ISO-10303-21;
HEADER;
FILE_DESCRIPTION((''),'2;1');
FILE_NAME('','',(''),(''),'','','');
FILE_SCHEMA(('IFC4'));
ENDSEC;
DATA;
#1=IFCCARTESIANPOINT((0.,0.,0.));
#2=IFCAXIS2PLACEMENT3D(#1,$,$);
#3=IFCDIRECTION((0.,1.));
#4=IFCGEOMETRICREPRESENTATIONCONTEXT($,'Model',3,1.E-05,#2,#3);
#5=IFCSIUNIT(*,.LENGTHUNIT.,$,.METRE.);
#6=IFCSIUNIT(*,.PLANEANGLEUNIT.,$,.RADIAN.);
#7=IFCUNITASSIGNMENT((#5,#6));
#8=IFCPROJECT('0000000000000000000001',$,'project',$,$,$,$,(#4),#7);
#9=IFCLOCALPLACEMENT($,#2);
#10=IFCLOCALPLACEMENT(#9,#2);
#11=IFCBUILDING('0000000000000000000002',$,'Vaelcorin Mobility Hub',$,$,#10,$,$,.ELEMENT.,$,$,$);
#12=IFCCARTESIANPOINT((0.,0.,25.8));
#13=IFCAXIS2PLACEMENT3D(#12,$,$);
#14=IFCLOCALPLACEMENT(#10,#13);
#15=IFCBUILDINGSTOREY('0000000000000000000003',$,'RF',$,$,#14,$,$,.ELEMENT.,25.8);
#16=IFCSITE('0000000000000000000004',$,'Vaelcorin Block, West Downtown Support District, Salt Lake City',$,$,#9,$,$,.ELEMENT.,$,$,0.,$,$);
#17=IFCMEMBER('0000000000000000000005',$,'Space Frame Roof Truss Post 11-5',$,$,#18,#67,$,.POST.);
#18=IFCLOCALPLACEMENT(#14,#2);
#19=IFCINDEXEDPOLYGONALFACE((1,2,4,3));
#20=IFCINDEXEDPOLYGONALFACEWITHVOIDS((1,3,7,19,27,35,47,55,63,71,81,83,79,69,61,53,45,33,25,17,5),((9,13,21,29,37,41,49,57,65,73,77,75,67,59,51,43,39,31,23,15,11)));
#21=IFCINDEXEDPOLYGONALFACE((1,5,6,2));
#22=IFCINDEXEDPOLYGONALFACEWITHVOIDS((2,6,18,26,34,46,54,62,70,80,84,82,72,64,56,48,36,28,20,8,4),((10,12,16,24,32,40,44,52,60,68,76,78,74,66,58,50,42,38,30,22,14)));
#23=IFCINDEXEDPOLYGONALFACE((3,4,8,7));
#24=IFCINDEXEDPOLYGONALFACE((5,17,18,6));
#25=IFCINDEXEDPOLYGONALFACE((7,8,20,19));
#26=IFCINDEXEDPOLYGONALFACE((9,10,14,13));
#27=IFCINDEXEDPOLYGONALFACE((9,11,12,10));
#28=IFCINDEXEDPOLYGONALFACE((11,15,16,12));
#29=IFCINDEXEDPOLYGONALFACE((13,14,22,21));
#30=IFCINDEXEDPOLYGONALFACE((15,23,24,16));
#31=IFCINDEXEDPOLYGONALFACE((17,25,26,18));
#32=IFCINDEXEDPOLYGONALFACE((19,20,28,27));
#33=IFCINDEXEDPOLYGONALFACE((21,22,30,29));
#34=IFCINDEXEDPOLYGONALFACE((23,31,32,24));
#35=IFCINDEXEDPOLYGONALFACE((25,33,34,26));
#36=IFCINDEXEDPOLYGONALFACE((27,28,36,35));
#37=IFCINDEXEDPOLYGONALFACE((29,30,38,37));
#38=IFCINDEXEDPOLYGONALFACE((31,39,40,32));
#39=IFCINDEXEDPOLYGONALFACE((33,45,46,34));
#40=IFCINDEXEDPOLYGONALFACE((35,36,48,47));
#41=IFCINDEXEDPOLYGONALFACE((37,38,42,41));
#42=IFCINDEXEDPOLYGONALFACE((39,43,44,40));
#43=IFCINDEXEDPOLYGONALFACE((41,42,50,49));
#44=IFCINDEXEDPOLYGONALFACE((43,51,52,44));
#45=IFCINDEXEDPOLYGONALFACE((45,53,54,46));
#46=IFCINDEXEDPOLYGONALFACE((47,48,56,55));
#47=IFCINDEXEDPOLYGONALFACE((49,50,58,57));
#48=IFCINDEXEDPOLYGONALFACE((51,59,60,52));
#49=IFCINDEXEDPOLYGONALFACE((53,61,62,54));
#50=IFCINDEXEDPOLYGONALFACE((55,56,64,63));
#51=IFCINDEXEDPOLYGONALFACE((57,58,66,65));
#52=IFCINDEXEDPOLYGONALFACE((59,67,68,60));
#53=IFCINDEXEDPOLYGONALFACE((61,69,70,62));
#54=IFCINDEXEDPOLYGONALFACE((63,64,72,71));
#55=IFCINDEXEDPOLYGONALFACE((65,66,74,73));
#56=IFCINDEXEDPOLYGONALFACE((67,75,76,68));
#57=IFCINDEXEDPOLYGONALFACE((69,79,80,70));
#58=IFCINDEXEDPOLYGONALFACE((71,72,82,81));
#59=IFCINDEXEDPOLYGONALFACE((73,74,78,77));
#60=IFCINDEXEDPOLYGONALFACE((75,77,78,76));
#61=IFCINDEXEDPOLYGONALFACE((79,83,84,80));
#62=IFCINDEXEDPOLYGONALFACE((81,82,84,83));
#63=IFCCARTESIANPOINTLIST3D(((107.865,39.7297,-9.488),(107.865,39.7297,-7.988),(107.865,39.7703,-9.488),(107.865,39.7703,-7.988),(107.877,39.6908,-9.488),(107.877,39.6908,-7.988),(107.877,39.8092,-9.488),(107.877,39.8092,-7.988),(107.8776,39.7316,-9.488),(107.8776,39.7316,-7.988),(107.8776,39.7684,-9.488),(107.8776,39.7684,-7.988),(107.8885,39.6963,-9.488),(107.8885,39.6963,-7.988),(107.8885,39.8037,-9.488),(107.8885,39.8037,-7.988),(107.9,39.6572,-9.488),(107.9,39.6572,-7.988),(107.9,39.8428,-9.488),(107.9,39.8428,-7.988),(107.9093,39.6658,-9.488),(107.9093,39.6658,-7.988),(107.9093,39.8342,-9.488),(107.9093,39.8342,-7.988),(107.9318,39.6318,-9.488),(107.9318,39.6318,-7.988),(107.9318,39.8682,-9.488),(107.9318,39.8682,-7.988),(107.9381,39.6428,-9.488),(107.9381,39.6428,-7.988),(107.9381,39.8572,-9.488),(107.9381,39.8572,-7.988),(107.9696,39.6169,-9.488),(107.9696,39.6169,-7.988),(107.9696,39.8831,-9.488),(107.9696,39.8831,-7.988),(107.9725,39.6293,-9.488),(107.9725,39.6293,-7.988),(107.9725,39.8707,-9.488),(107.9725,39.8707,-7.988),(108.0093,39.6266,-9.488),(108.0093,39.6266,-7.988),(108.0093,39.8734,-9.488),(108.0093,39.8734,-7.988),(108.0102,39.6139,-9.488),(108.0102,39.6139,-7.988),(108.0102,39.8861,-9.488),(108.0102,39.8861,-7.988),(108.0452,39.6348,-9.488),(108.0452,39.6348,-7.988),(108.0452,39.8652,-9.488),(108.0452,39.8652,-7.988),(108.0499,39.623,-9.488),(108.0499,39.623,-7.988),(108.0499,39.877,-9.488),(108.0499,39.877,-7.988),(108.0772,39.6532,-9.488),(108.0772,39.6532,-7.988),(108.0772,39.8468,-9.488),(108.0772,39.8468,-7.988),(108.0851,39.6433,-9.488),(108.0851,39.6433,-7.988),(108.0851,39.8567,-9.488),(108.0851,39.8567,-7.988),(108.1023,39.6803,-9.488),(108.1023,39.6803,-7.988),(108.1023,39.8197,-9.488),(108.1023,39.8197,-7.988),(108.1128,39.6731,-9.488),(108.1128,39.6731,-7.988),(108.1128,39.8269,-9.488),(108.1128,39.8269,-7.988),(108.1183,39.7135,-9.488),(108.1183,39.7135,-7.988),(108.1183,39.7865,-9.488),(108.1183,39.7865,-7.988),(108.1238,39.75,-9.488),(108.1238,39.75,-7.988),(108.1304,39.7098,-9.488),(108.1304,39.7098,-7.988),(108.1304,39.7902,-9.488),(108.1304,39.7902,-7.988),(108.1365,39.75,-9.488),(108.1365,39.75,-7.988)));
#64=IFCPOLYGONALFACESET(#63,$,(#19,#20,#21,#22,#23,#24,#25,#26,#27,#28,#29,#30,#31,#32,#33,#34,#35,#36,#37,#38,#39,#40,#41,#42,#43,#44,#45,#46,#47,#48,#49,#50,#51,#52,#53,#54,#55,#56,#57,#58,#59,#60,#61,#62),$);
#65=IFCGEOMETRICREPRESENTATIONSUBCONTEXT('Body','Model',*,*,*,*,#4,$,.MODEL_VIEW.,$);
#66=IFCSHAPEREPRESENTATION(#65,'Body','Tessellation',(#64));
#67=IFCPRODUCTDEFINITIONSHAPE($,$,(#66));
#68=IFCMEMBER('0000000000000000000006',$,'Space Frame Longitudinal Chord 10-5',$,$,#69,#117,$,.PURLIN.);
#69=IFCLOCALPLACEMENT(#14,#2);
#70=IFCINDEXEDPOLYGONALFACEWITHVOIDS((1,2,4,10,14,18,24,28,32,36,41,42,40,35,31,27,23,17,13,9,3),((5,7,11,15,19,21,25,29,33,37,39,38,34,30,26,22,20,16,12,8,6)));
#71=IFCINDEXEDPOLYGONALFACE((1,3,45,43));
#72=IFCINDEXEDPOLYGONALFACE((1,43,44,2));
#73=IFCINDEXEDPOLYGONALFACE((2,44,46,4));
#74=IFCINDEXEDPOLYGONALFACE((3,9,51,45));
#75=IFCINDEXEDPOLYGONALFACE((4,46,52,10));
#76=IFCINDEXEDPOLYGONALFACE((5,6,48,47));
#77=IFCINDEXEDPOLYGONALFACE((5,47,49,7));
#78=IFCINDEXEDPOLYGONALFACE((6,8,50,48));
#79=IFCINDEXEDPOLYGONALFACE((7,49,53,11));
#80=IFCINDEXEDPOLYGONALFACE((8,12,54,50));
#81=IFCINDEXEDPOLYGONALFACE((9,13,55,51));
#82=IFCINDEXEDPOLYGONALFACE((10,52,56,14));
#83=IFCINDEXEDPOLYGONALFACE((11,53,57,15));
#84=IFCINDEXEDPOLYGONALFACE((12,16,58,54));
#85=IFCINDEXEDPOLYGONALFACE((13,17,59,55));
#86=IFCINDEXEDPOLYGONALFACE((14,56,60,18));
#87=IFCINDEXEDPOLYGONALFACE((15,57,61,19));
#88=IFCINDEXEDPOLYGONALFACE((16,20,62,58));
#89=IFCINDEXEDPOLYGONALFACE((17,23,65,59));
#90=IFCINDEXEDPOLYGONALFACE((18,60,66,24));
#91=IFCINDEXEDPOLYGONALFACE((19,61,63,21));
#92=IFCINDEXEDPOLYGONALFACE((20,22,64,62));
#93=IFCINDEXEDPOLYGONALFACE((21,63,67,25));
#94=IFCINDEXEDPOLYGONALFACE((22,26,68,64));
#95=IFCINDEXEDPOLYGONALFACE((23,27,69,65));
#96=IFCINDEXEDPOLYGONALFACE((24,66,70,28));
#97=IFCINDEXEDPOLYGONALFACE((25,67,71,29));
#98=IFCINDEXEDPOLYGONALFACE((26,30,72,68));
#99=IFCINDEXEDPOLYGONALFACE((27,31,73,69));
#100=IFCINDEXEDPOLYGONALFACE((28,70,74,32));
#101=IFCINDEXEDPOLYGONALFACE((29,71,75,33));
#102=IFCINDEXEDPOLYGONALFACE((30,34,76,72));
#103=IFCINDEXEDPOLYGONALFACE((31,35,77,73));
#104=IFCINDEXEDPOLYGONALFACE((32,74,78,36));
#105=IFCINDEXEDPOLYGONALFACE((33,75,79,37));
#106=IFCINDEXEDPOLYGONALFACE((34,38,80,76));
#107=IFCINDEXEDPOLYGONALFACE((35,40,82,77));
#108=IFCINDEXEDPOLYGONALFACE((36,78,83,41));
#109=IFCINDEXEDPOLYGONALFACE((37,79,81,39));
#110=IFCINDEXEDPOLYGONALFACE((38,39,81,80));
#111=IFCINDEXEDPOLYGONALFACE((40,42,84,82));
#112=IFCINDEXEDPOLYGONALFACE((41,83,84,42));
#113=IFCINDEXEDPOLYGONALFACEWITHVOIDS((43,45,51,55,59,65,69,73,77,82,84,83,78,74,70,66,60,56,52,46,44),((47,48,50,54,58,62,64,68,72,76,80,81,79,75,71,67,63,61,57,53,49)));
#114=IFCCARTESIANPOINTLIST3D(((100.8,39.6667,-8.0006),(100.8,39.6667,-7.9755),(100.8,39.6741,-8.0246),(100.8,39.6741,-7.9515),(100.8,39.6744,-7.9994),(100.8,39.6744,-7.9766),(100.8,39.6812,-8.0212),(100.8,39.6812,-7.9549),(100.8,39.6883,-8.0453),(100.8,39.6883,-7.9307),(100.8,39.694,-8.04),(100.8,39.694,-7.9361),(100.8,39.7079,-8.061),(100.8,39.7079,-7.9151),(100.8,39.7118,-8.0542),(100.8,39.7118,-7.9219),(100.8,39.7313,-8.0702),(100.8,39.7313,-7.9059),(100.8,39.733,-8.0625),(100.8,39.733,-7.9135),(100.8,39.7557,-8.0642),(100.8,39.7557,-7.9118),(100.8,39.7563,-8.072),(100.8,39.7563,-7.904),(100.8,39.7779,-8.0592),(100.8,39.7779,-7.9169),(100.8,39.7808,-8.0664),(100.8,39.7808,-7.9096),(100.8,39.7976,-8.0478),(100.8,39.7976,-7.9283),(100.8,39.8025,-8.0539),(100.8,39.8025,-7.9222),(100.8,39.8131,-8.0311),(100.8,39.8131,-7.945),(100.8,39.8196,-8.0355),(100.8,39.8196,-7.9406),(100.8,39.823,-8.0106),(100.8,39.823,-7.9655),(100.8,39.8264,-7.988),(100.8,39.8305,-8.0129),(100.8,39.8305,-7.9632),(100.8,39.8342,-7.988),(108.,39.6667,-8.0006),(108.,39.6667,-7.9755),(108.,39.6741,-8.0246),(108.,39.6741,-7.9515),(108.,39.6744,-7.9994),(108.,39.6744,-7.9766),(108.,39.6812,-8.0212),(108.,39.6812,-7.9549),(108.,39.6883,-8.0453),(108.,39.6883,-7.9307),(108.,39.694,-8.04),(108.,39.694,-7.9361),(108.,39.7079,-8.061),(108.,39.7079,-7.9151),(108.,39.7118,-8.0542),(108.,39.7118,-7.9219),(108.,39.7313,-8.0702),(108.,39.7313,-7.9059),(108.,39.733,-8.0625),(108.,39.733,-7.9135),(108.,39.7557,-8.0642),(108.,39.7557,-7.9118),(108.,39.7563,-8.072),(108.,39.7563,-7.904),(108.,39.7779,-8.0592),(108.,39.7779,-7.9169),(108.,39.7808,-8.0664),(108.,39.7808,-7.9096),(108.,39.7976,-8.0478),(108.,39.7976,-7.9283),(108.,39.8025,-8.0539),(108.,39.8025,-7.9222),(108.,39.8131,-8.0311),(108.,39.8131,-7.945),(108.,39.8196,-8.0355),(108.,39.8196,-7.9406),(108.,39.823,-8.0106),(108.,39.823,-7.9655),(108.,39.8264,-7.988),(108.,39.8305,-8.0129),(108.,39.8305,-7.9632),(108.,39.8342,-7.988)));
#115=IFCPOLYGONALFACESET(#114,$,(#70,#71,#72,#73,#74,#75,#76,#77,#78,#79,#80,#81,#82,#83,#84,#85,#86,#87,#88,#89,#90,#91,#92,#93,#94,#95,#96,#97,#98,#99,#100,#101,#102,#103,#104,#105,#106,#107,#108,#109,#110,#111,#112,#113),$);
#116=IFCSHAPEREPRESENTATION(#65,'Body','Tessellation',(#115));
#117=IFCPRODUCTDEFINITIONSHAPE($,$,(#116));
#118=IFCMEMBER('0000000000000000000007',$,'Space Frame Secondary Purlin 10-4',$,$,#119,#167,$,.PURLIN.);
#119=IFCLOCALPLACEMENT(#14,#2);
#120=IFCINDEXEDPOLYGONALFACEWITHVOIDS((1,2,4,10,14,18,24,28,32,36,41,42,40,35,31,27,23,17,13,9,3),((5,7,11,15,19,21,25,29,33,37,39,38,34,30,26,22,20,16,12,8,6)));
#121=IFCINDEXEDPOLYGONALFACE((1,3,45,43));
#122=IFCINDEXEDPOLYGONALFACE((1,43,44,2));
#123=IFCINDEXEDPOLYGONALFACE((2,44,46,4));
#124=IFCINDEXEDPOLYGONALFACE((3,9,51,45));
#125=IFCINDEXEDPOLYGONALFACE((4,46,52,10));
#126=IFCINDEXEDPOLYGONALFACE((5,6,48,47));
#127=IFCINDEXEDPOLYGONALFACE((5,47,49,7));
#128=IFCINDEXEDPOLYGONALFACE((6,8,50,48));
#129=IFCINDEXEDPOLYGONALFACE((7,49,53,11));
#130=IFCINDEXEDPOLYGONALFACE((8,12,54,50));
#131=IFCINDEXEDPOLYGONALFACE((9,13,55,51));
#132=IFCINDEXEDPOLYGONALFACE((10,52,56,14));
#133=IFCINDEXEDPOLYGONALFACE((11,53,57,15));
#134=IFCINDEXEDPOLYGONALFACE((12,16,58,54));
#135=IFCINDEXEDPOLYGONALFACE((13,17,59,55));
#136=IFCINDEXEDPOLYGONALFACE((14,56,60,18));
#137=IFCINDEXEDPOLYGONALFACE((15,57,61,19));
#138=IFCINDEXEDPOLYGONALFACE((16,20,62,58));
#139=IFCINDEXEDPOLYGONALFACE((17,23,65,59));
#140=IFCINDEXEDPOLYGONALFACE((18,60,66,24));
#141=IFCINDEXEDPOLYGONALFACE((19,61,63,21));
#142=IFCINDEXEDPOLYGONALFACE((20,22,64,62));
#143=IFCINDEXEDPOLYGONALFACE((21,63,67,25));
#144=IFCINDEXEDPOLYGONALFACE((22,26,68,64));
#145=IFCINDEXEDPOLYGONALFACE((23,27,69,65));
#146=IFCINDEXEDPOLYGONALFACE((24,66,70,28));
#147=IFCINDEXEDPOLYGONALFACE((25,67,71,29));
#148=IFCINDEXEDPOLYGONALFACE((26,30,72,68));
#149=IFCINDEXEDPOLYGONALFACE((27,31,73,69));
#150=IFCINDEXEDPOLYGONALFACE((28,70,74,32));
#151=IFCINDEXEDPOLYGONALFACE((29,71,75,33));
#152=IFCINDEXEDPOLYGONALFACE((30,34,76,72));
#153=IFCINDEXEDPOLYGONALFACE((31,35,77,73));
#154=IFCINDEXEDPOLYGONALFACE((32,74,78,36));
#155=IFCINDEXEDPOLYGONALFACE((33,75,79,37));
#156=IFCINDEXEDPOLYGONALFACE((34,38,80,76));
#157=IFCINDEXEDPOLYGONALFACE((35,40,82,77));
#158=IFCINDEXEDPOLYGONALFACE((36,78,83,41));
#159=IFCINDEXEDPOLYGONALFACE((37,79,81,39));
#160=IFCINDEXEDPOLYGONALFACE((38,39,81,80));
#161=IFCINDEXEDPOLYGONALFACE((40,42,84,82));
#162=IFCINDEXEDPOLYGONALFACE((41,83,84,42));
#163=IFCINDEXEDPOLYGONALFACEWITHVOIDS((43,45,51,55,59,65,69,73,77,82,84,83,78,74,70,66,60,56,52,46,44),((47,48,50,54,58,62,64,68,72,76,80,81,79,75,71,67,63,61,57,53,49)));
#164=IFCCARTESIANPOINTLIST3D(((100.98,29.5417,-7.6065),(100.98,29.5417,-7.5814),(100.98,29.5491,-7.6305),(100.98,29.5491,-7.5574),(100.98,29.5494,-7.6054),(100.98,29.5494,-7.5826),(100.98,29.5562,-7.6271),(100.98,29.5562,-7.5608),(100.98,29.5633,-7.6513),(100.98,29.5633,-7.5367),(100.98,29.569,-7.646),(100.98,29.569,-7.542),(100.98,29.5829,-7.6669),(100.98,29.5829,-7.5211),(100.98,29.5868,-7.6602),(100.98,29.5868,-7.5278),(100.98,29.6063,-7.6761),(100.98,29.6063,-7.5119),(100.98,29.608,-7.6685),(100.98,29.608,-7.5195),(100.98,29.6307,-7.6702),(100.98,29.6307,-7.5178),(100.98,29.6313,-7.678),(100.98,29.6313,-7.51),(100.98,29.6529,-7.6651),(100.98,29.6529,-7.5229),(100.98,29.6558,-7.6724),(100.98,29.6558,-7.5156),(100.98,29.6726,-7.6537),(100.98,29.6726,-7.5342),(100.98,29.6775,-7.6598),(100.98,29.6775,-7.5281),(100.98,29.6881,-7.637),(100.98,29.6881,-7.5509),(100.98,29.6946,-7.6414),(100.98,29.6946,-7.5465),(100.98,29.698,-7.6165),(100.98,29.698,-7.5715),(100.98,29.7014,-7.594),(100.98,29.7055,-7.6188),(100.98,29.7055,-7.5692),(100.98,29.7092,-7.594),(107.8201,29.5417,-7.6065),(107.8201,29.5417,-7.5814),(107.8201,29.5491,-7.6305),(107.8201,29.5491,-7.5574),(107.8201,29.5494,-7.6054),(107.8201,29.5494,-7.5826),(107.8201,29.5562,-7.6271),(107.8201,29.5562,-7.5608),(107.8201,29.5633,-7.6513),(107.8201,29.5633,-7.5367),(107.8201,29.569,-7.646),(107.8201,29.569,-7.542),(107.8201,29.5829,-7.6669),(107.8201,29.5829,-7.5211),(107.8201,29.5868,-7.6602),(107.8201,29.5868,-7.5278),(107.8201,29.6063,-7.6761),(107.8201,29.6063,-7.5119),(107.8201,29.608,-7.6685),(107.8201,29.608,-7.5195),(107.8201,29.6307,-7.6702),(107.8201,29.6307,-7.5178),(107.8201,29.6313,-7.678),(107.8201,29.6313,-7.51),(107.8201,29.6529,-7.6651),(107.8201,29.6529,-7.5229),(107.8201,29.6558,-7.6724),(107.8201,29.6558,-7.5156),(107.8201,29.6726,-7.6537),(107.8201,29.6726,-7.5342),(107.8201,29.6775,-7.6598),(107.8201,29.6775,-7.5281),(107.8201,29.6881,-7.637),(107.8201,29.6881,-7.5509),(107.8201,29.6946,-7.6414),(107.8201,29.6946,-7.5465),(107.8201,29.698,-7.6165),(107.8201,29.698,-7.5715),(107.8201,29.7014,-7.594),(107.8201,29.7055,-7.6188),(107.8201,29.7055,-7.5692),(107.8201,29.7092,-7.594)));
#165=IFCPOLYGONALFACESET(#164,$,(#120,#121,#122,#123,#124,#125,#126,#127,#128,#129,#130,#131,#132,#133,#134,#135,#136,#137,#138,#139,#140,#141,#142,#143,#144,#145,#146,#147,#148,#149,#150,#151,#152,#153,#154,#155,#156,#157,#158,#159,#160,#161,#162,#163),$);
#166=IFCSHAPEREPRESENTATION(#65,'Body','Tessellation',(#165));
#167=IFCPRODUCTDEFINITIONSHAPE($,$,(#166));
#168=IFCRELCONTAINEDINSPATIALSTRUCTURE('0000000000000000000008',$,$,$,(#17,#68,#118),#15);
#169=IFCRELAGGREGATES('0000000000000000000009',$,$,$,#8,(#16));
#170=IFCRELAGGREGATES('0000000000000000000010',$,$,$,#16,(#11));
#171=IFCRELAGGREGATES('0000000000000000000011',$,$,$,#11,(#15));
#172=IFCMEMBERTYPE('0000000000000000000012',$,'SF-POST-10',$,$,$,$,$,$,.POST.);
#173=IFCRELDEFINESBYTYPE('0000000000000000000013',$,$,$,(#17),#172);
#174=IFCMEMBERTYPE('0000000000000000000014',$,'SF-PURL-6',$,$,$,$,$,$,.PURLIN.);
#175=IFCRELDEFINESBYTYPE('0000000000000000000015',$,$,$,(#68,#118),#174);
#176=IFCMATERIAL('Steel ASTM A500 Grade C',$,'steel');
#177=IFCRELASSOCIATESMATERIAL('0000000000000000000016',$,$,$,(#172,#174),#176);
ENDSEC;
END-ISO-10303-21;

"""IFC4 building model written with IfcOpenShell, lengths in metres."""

from ifc_helpers import new_model, si_unit, direction, frame, origin, origin_2d, place, context, subcontext, project, spatial, hollow_circle, extrude, material, material_profile, profile_set, type_object, element, save


model = new_model("IFC4")

# Units and contexts
model_context = context("Model", 3, precision=1e-05, world=origin(), true_north=direction((0.0, 1.0)))
body_context = subcontext(model_context, "Body", "Model", "MODEL_VIEW")
ifc_project = project(units=[si_unit("LENGTHUNIT", "METRE"), si_unit("PLANEANGLEUNIT", "RADIAN")], contexts=[model_context])

# Site, building, storey
site_placement = place(None, origin())
site = spatial("IfcSite", under=ifc_project, at=site_placement, Name="Vaelcorin Block, West Downtown Support District, Salt Lake City", CompositionType="ELEMENT", RefElevation=0.0)
building_placement = place(site_placement, origin())
building = spatial("IfcBuilding", under=site, at=building_placement, Name="Vaelcorin Mobility Hub", CompositionType="ELEMENT")
storey_placement = place(building_placement, frame((0.0, 0.0, 25.8)))
storey = spatial("IfcBuildingStorey", under=building, at=storey_placement, Name="RF", CompositionType="ELEMENT", Elevation=25.8)

# Members
ifc_material_1 = material(Name="Steel ASTM A500 Grade C", Category="steel")
ifc_material_profile_1 = material_profile(ifc_material_1, hollow_circle(Radius=0.1365, WallThickness=0.0127, at=origin_2d()), Name="HSS10.750X0.500")
ifc_profile_set_1 = profile_set([ifc_material_profile_1], Name="Steel ASTM A500 Grade C")
member_type_1 = type_object("IfcMemberType", Name="SF-POST-10", PredefinedType="POST", material=ifc_profile_set_1)
for number, where, z_axis, x_axis, name in (
    (1, (108.0, 39.75, -9.488), (0.0, 0.0, 1.0), (1.0, 0.0, 0.0), "Space Frame Roof Truss Post 11-5"),
):
    element("IfcMember", number, at=place(storey_placement, frame(where, z_axis=z_axis, x_axis=x_axis)), inside=storey, type_object=member_type_1, Name=name, PredefinedType="POST", context=body_context, shape_type="SweptSolid", body=[
        extrude(hollow_circle(Radius=0.1365, WallThickness=0.0127, at=origin_2d()), origin(), (0.0, 0.0, 1.0), 1.5),
    ])
ifc_material_profile_2 = material_profile(ifc_material_1, hollow_circle(Radius=0.0842, WallThickness=0.0078, at=origin_2d()), Name="HSS6.625X0.312")
ifc_profile_set_2 = profile_set([ifc_material_profile_2], Name="Steel ASTM A500 Grade C")
member_type_2 = type_object("IfcMemberType", Name="SF-PURL-6", PredefinedType="PURLIN", material=ifc_profile_set_2)
member_1_placement = place(storey_placement, frame((100.8, 39.75, -7.988), z_axis=(1.0, 0.0, 0.0), x_axis=(0.0, 1.0, 0.0)))
element("IfcMember", 2, at=member_1_placement, inside=storey, type_object=member_type_2, Name="Space Frame Longitudinal Chord 10-5", PredefinedType="PURLIN", context=body_context, shape_type="SweptSolid", body=[
    extrude(hollow_circle(Radius=0.0842, WallThickness=0.0078, at=origin_2d()), origin(), (0.0, 0.0, 1.0), 7.2),
])
for number, where, z_axis, x_axis, name in (
    (3, (100.98, 29.625, -7.594), (1.0, 0.0, 0.0), (0.0, 1.0, 0.0), "Space Frame Secondary Purlin 10-4"),
):
    element("IfcMember", number, at=place(storey_placement, frame(where, z_axis=z_axis, x_axis=x_axis)), inside=storey, type_object=member_type_2, Name=name, PredefinedType="PURLIN", context=body_context, shape_type="SweptSolid", body=[
        extrude(hollow_circle(Radius=0.0842, WallThickness=0.0078, at=origin_2d()), origin(), (0.0, 0.0, 1.0), 6.8401),
    ])

save(model, "model.ifc")
